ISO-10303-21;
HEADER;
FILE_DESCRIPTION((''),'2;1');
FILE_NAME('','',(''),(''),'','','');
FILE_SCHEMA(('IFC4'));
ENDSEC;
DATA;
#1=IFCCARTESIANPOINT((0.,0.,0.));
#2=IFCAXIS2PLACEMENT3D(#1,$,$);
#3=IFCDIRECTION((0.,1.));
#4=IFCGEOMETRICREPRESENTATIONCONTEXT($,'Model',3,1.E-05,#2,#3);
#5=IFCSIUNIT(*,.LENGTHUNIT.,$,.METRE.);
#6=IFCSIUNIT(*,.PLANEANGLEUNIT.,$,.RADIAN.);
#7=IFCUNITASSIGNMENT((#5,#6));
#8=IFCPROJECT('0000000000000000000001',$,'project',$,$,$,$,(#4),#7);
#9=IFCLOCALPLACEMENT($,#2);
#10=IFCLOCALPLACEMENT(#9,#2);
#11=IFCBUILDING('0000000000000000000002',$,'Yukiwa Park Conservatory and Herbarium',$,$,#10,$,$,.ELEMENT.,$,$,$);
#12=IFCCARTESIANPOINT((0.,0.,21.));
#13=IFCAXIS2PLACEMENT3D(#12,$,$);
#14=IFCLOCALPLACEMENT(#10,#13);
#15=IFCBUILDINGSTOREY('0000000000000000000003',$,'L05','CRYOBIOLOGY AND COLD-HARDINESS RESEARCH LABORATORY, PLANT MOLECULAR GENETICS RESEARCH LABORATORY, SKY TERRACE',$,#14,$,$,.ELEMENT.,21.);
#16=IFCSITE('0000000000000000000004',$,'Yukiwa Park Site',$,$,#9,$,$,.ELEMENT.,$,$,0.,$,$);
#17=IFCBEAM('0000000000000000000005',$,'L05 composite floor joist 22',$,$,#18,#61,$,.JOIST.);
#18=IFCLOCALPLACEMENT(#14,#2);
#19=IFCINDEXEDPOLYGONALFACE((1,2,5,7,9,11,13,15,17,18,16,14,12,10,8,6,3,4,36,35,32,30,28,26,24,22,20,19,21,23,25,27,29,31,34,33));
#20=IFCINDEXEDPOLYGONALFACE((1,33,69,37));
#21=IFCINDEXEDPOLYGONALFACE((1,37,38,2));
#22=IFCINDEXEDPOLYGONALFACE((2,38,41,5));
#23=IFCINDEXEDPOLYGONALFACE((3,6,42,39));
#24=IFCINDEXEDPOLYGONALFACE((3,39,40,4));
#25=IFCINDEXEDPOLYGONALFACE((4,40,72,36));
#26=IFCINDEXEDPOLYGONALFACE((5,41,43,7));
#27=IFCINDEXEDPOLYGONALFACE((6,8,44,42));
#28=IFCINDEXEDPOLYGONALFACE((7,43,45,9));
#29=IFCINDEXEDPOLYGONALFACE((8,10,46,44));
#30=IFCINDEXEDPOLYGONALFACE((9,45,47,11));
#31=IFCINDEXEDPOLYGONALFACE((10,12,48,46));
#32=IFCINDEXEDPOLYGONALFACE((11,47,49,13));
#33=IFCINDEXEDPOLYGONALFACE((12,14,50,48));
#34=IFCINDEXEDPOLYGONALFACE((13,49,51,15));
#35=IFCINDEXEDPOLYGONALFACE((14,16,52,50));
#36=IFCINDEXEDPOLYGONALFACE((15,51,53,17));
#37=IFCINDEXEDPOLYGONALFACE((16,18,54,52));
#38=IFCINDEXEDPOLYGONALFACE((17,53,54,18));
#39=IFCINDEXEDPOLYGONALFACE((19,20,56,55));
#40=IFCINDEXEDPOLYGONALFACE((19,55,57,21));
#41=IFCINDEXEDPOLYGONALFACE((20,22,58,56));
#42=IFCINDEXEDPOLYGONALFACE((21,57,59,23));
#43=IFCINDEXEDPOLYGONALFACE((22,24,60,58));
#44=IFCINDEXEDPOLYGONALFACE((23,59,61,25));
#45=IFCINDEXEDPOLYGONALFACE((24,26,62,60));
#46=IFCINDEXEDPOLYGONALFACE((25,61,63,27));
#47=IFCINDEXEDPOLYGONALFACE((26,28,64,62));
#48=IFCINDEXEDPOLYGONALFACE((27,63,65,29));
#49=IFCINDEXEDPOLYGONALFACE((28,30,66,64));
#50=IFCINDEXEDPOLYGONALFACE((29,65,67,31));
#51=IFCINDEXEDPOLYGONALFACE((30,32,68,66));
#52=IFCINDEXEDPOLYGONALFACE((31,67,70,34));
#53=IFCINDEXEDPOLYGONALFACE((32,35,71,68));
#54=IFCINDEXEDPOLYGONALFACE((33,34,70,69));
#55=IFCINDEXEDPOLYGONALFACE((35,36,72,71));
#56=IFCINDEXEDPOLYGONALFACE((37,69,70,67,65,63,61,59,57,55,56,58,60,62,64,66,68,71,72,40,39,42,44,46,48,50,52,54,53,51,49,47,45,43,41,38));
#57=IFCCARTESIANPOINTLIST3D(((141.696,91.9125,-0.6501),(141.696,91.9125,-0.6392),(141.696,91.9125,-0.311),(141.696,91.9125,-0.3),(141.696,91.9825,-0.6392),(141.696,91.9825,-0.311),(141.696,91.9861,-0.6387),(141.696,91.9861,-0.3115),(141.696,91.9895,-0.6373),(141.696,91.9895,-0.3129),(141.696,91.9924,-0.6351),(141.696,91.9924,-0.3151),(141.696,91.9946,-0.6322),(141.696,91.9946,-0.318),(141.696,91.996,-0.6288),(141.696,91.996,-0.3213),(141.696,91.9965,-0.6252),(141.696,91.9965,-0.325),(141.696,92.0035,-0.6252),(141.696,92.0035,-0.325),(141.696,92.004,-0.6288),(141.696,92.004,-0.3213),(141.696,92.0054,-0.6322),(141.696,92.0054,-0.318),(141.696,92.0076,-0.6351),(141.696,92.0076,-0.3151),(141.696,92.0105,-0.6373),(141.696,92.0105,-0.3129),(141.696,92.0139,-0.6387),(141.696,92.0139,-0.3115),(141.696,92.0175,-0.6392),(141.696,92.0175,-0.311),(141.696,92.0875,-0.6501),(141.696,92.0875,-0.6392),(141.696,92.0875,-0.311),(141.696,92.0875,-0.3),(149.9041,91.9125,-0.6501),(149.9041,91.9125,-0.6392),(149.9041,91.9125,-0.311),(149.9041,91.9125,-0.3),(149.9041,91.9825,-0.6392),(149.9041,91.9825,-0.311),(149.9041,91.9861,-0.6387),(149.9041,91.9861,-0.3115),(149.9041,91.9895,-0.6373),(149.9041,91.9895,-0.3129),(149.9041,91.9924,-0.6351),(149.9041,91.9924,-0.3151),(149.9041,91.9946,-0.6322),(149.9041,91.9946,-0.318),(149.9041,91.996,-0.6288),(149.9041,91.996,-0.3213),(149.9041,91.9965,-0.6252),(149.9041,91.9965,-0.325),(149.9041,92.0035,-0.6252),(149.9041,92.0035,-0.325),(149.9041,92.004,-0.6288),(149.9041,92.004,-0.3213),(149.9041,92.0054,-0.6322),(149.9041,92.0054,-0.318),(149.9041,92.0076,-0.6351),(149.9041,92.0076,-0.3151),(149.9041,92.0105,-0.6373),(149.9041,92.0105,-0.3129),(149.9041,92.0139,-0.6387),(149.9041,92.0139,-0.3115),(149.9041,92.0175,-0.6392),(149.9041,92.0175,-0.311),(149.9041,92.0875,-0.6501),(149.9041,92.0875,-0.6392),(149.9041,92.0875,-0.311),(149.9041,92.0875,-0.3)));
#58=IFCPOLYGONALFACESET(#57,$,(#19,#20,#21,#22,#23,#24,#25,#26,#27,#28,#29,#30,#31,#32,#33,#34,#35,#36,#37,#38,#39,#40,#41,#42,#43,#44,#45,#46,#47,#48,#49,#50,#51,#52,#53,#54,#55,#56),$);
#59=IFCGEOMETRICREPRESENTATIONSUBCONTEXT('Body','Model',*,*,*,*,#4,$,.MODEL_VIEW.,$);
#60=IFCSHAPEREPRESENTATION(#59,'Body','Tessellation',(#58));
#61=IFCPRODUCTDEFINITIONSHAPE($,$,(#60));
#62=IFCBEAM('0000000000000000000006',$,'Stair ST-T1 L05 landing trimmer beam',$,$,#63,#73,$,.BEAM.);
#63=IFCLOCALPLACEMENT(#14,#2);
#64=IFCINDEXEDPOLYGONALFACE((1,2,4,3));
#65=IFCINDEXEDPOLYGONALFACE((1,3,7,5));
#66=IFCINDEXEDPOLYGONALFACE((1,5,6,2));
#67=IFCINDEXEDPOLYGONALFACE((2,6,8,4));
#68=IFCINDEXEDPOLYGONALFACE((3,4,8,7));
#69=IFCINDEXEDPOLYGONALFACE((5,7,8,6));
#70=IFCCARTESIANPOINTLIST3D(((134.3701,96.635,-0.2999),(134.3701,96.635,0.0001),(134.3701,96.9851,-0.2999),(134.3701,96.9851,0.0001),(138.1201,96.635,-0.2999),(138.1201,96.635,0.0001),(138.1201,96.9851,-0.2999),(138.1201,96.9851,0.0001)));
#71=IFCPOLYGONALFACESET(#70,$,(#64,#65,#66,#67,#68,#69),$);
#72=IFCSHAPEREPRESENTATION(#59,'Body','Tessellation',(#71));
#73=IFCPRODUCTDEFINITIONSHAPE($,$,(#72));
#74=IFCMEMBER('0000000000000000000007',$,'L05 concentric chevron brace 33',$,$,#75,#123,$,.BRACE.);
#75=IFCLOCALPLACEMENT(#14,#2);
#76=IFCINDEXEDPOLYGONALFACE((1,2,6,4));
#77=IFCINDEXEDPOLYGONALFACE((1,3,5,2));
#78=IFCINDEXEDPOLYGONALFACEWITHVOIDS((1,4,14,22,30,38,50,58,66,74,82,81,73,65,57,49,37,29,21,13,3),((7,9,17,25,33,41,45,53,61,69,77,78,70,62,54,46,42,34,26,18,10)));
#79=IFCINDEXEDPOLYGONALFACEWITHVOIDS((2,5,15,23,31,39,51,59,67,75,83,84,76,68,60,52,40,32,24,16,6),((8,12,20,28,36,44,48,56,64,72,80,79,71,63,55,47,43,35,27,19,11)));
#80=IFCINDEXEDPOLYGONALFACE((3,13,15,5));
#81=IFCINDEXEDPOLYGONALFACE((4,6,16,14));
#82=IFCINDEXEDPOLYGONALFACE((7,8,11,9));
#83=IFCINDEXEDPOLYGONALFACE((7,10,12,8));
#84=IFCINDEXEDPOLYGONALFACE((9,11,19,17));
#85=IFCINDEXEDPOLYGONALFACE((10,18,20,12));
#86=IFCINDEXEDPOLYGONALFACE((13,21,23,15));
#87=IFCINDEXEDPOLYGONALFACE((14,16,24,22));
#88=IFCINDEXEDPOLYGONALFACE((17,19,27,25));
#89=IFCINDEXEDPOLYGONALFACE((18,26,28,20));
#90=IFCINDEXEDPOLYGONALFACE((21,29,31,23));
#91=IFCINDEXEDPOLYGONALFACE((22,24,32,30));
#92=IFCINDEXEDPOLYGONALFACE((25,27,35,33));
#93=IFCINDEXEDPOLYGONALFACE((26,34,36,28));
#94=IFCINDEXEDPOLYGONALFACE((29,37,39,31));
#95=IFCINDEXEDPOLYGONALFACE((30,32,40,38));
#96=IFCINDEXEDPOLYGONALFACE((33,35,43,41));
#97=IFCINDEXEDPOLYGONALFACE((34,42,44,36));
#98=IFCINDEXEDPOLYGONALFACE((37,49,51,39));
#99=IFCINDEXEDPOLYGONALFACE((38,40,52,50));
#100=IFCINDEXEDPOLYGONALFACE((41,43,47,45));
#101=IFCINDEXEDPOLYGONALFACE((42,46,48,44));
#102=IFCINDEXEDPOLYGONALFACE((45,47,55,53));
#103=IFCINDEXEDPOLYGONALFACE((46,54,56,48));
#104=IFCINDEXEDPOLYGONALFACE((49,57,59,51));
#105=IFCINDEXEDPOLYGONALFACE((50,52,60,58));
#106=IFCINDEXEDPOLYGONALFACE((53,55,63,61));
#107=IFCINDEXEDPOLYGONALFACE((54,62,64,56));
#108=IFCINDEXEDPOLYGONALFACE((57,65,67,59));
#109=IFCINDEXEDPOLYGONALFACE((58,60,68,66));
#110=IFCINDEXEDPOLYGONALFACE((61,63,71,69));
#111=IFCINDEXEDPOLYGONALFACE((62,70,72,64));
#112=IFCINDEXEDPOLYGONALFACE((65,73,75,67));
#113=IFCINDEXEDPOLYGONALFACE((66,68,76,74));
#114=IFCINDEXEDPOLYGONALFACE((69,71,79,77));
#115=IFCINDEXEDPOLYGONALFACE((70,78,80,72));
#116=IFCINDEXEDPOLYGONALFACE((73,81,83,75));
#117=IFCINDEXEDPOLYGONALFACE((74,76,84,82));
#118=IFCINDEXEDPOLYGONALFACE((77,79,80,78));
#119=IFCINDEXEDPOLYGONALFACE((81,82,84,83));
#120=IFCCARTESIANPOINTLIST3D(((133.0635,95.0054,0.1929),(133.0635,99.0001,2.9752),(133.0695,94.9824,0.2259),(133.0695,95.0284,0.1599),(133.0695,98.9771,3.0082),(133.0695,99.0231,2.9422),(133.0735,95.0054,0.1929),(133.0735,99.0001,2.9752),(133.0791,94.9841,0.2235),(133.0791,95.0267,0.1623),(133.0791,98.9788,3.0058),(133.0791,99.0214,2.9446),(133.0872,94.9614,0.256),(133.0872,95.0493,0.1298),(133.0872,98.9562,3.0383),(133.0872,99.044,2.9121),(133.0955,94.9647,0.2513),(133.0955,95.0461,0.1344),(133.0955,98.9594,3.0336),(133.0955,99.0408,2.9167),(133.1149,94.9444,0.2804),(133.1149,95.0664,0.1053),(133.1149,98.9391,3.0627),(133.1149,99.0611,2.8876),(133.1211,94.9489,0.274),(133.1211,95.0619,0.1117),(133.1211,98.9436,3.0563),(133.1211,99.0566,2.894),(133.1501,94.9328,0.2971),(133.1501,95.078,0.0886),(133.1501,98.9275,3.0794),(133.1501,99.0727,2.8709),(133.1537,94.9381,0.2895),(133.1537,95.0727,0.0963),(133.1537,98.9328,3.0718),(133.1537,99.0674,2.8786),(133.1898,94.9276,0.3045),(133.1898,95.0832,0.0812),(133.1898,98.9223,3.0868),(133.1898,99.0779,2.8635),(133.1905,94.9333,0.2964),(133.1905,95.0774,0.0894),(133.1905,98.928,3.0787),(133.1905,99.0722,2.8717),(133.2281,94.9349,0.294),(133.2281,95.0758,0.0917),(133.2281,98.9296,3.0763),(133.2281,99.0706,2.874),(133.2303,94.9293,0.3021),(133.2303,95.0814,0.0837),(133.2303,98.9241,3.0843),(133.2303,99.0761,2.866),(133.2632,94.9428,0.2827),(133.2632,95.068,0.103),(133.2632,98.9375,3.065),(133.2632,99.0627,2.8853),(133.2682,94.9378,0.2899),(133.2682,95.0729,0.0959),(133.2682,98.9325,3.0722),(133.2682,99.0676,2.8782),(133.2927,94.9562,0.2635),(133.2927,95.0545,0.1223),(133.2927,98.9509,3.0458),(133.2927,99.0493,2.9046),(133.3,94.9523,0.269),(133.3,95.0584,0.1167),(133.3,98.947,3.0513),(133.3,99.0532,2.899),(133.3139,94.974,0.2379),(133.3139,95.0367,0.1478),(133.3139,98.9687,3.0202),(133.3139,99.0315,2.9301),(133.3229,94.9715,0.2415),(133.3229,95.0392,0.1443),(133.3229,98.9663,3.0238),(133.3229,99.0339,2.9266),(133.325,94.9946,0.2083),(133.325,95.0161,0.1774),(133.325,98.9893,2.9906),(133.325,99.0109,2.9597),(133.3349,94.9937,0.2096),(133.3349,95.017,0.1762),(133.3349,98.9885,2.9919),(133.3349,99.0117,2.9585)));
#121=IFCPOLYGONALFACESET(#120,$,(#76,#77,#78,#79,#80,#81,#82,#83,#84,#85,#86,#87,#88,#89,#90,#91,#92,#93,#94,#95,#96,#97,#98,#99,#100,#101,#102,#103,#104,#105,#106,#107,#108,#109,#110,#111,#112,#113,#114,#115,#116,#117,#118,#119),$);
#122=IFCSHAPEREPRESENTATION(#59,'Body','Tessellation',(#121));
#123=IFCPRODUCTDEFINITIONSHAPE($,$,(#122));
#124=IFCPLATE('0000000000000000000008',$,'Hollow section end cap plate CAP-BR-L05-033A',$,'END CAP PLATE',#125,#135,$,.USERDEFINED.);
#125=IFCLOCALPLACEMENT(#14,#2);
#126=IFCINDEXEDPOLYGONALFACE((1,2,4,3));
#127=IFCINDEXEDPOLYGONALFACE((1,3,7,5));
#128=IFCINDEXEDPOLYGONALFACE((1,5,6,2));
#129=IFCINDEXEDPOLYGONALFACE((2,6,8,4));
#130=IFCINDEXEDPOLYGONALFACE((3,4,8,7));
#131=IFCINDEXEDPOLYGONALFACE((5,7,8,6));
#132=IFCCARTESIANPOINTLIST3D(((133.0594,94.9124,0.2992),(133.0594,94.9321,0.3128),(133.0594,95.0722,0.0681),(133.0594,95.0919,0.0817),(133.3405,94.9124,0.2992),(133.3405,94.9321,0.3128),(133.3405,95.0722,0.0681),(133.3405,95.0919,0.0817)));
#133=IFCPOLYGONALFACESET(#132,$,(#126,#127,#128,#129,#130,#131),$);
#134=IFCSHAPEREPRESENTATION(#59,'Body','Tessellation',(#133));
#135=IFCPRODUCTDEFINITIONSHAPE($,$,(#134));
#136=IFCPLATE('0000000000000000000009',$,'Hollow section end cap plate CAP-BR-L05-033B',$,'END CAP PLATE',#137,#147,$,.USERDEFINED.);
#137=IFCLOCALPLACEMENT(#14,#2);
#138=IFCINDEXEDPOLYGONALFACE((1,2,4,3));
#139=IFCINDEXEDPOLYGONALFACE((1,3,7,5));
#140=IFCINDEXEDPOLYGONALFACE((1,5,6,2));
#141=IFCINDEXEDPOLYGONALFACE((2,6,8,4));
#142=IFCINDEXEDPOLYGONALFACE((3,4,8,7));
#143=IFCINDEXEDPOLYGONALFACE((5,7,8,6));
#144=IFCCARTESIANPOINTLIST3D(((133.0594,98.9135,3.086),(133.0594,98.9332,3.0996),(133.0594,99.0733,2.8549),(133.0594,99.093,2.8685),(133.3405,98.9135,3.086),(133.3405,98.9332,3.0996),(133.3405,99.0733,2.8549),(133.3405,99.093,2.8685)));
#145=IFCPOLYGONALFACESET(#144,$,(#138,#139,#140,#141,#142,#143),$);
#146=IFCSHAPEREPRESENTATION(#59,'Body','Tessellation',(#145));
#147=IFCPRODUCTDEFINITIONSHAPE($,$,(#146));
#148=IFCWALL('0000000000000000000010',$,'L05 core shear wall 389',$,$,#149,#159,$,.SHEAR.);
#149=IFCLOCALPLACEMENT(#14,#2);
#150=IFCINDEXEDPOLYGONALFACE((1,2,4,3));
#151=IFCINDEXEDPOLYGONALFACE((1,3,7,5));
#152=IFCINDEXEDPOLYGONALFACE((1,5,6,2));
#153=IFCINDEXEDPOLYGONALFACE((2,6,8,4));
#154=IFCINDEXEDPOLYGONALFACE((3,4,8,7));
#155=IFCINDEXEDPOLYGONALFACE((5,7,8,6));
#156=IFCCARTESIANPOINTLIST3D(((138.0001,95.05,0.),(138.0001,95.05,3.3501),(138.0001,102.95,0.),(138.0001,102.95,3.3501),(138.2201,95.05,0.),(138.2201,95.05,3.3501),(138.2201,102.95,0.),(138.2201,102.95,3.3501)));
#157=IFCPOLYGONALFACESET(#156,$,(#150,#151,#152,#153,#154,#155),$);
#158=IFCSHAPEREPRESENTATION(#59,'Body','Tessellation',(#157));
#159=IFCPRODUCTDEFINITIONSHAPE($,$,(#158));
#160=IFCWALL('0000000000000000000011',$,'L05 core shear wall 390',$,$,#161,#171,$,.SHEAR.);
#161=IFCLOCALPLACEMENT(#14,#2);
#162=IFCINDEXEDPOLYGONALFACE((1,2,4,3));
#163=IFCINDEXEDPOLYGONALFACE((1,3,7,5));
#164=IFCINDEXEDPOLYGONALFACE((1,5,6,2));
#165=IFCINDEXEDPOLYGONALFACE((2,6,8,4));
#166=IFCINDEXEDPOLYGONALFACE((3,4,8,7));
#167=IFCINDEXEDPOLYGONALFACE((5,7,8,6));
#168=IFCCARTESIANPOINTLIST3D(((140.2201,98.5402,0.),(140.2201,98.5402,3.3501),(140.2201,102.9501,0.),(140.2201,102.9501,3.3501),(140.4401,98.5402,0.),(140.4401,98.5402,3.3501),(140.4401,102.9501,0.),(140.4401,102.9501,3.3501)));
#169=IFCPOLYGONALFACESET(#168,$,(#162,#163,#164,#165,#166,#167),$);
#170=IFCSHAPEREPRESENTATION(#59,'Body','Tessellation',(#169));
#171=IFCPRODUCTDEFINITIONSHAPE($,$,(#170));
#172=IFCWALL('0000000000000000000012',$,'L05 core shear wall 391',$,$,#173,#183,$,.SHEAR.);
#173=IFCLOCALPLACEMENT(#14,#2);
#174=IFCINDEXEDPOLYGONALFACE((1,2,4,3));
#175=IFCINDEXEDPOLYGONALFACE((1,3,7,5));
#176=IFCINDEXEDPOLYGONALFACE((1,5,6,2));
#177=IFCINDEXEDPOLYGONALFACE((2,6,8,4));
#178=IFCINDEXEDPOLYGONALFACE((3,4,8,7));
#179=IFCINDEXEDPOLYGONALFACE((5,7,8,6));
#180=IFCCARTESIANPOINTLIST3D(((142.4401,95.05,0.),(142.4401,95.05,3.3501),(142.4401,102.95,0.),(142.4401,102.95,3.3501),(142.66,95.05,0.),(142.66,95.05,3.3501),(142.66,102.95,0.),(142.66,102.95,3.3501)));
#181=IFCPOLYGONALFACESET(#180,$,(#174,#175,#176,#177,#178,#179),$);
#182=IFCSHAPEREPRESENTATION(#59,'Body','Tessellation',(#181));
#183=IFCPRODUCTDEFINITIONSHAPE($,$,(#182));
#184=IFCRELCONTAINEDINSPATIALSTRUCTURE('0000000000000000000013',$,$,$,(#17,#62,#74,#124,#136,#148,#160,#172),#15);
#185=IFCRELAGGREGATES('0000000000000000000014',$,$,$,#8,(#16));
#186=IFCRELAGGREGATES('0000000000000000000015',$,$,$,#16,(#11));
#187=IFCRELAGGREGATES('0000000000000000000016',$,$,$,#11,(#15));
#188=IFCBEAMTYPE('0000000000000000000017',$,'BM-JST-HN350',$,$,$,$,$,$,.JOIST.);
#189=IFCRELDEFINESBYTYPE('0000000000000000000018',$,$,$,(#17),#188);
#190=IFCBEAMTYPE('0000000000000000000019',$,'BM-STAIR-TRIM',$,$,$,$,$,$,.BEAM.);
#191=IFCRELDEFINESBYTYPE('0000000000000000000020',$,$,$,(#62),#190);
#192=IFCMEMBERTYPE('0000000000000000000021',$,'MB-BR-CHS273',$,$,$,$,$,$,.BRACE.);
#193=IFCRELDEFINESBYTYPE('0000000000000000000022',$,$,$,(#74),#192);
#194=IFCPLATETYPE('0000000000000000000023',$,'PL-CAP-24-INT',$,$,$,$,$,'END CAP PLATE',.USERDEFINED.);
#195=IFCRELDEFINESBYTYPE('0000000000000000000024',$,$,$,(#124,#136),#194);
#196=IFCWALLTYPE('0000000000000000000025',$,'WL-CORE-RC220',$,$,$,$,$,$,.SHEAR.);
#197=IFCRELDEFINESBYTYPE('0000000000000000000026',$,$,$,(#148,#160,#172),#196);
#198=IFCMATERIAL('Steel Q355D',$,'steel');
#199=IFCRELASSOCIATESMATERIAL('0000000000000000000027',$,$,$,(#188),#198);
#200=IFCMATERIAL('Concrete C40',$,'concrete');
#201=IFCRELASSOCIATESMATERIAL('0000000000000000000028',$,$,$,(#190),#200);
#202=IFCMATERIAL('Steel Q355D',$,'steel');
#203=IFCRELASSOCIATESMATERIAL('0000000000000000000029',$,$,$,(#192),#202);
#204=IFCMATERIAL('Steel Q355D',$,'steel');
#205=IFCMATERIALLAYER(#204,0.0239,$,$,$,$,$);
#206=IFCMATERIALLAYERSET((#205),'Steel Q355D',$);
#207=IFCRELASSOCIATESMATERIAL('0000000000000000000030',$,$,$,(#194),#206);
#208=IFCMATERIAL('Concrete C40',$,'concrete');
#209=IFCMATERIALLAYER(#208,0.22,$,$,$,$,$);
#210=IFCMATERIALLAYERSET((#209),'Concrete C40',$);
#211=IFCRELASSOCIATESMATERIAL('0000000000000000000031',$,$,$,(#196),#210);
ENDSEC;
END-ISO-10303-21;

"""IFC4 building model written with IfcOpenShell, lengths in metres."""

from ifc_helpers import new_model, si_unit, direction, frame, frame_2d, origin, origin_2d, place, context, subcontext, project, spatial, rectangle, hollow_circle, i_section, extrude, material, layer, layer_set, material_profile, profile_set, type_object, element, save


model = new_model("IFC4")

# Units and contexts
model_context = context("Model", 3, precision=1e-05, world=origin(), true_north=direction((0.0, 1.0)))
body_context = subcontext(model_context, "Body", "Model", "MODEL_VIEW")
ifc_project = project(units=[si_unit("LENGTHUNIT", "METRE"), si_unit("PLANEANGLEUNIT", "RADIAN")], contexts=[model_context])

# Site, building, storey
site_placement = place(None, origin())
site = spatial("IfcSite", under=ifc_project, at=site_placement, Name="Yukiwa Park Site", CompositionType="ELEMENT", RefElevation=0.0)
building_placement = place(site_placement, origin())
building = spatial("IfcBuilding", under=site, at=building_placement, Name="Yukiwa Park Conservatory and Herbarium", CompositionType="ELEMENT")
storey_placement = place(building_placement, frame((0.0, 0.0, 21.0)))
storey = spatial("IfcBuildingStorey", under=building, at=storey_placement, Name="L05", Description="CRYOBIOLOGY AND COLD-HARDINESS RESEARCH LABORATORY, PLANT MOLECULAR GENETICS RESEARCH LABORATORY, SKY TERRACE", CompositionType="ELEMENT", Elevation=21.0)

# Beams
ifc_material_1 = material(Name="Steel Q355D", Category="steel")
ifc_material_profile_1 = material_profile(ifc_material_1, i_section(OverallWidth=0.175, OverallDepth=0.3501, WebThickness=0.0071, FlangeThickness=0.011, FilletRadius=0.0139, at=origin_2d()), Name="HN 350x175x7x11")
ifc_profile_set_1 = profile_set([ifc_material_profile_1], Name="Steel Q355D")
beam_type_1 = type_object("IfcBeamType", Name="BM-JST-HN350", PredefinedType="JOIST", material=ifc_profile_set_1)
for number, where, z_axis, x_axis, name in (
    (1, (141.696, 92.0, -0.4751), (1.0, 0.0, 0.0), (0.0, 1.0, 0.0), "L05 composite floor joist 22"),
):
    element("IfcBeam", number, at=place(storey_placement, frame(where, z_axis=z_axis, x_axis=x_axis)), inside=storey, type_object=beam_type_1, Name=name, PredefinedType="JOIST", context=body_context, shape_type="SweptSolid", body=[
        extrude(i_section(OverallWidth=0.175, OverallDepth=0.3501, WebThickness=0.0071, FlangeThickness=0.011, FilletRadius=0.0139, at=origin_2d()), origin(), (0.0, 0.0, 1.0), 8.208),
    ])
ifc_material_2 = material(Name="Concrete C40", Category="concrete")
ifc_material_profile_2 = material_profile(ifc_material_2, rectangle(XDim=0.3501, YDim=0.3, at=origin_2d()), Name="RC 350x300")
ifc_profile_set_2 = profile_set([ifc_material_profile_2], Name="Concrete C40")
beam_type_2 = type_object("IfcBeamType", Name="BM-STAIR-TRIM", PredefinedType="BEAM", material=ifc_profile_set_2)
beam_1_placement = place(storey_placement, frame((134.3701, 96.8101, -0.1499), z_axis=(1.0, 0.0, 0.0), x_axis=(0.0, 1.0, 0.0)))
element("IfcBeam", 2, at=beam_1_placement, inside=storey, type_object=beam_type_2, Name="Stair ST-T1 L05 landing trimmer beam", PredefinedType="BEAM", context=body_context, shape_type="SweptSolid", body=[
    extrude(rectangle(XDim=0.3501, YDim=0.3, at=origin_2d()), origin(), (0.0, 0.0, 1.0), 3.75),
])

# Member
ifc_material_3 = material(Name="Steel Q355D", Category="steel")
ifc_material_profile_3 = material_profile(ifc_material_3, hollow_circle(Radius=0.1365, WallThickness=0.01, at=origin_2d()), Name="CHS 273x10")
ifc_profile_set_3 = profile_set([ifc_material_profile_3], Name="Steel Q355D")
member_type = type_object("IfcMemberType", Name="MB-BR-CHS273", PredefinedType="BRACE", material=ifc_profile_set_3)
member_placement = place(storey_placement, frame((133.2, 95.0054, 0.1929), z_axis=(0.0, 0.820582, 0.571529), x_axis=(-1.0, 0.0, 0.0)))
element("IfcMember", 3, at=member_placement, inside=storey, type_object=member_type, Name="L05 concentric chevron brace 33", PredefinedType="BRACE", context=body_context, shape_type="SweptSolid", body=[
    extrude(hollow_circle(Radius=0.1365, WallThickness=0.01, at=origin_2d()), origin(), (0.0, 0.0, 1.0), 4.8682),
])

# Plates
ifc_material_4 = material(Name="Steel Q355D", Category="steel")
ifc_layer_1 = layer(ifc_material_4, 0.0239)
ifc_layer_set_1 = layer_set([ifc_layer_1], Name="Steel Q355D")
plate_type = type_object("IfcPlateType", Name="PL-CAP-24-INT", ElementType="END CAP PLATE", PredefinedType="USERDEFINED", material=ifc_layer_set_1)
for number, where, z_axis, x_axis, name in (
    (4, (133.2, 95.012, 0.1973), (0.0, -0.822558, -0.568682), (1.0, 0.0, 0.0), "Hollow section end cap plate CAP-BR-L05-033A"),
    (5, (133.2, 98.9934, 2.9705), (0.0, 0.822558, 0.568682), (-1.0, 0.0, 0.0), "Hollow section end cap plate CAP-BR-L05-033B"),
):
    element("IfcPlate", number, at=place(storey_placement, frame(where, z_axis=z_axis, x_axis=x_axis)), inside=storey, type_object=plate_type, Name=name, ObjectType="END CAP PLATE", PredefinedType="USERDEFINED", context=body_context, shape_type="SweptSolid", body=[
        extrude(rectangle(XDim=0.281, YDim=0.281, at=origin_2d()), origin(), (0.0, 0.0, 1.0), 0.0239),
    ])

# Walls
ifc_material_5 = material(Name="Concrete C40", Category="concrete")
ifc_layer_2 = layer(ifc_material_5, 0.22)
ifc_layer_set_2 = layer_set([ifc_layer_2], Name="Concrete C40")
wall_type_1 = type_object("IfcWallType", Name="WL-CORE-RC220", PredefinedType="SHEAR", material=ifc_layer_set_2)
wall_1_placement = place(storey_placement, frame((138.1101, 95.05, 0.0), z_axis=(0.0, 0.0, 1.0), x_axis=(0.0, 1.0, 0.0)))
element("IfcWall", 6, at=wall_1_placement, inside=storey, type_object=wall_type_1, Name="L05 core shear wall 389", PredefinedType="SHEAR", context=body_context, shape_type="SweptSolid", body=[
    extrude(rectangle(XDim=7.8999, YDim=0.22, at=frame_2d((3.95, 0.0))), origin(), (0.0, 0.0, 1.0), 3.3501),
])
wall_2_placement = place(storey_placement, frame((140.3301, 98.54, 0.0), z_axis=(0.0, 0.0, 1.0), x_axis=(0.0, 1.0, 0.0)))
element("IfcWall", 7, at=wall_2_placement, inside=storey, type_object=wall_type_1, Name="L05 core shear wall 390", PredefinedType="SHEAR", context=body_context, shape_type="SweptSolid", body=[
    extrude(rectangle(XDim=4.4099, YDim=0.22, at=frame_2d((2.2051, 0.0))), origin(), (0.0, 0.0, 1.0), 3.3501),
])
wall_3_placement = place(storey_placement, frame((142.55, 95.05, 0.0), z_axis=(0.0, 0.0, 1.0), x_axis=(0.0, 1.0, 0.0)))
element("IfcWall", 8, at=wall_3_placement, inside=storey, type_object=wall_type_1, Name="L05 core shear wall 391", PredefinedType="SHEAR", context=body_context, shape_type="SweptSolid", body=[
    extrude(rectangle(XDim=7.8999, YDim=0.22, at=frame_2d((3.95, 0.0))), origin(), (0.0, 0.0, 1.0), 3.3501),
])

save(model, "model.ifc")
